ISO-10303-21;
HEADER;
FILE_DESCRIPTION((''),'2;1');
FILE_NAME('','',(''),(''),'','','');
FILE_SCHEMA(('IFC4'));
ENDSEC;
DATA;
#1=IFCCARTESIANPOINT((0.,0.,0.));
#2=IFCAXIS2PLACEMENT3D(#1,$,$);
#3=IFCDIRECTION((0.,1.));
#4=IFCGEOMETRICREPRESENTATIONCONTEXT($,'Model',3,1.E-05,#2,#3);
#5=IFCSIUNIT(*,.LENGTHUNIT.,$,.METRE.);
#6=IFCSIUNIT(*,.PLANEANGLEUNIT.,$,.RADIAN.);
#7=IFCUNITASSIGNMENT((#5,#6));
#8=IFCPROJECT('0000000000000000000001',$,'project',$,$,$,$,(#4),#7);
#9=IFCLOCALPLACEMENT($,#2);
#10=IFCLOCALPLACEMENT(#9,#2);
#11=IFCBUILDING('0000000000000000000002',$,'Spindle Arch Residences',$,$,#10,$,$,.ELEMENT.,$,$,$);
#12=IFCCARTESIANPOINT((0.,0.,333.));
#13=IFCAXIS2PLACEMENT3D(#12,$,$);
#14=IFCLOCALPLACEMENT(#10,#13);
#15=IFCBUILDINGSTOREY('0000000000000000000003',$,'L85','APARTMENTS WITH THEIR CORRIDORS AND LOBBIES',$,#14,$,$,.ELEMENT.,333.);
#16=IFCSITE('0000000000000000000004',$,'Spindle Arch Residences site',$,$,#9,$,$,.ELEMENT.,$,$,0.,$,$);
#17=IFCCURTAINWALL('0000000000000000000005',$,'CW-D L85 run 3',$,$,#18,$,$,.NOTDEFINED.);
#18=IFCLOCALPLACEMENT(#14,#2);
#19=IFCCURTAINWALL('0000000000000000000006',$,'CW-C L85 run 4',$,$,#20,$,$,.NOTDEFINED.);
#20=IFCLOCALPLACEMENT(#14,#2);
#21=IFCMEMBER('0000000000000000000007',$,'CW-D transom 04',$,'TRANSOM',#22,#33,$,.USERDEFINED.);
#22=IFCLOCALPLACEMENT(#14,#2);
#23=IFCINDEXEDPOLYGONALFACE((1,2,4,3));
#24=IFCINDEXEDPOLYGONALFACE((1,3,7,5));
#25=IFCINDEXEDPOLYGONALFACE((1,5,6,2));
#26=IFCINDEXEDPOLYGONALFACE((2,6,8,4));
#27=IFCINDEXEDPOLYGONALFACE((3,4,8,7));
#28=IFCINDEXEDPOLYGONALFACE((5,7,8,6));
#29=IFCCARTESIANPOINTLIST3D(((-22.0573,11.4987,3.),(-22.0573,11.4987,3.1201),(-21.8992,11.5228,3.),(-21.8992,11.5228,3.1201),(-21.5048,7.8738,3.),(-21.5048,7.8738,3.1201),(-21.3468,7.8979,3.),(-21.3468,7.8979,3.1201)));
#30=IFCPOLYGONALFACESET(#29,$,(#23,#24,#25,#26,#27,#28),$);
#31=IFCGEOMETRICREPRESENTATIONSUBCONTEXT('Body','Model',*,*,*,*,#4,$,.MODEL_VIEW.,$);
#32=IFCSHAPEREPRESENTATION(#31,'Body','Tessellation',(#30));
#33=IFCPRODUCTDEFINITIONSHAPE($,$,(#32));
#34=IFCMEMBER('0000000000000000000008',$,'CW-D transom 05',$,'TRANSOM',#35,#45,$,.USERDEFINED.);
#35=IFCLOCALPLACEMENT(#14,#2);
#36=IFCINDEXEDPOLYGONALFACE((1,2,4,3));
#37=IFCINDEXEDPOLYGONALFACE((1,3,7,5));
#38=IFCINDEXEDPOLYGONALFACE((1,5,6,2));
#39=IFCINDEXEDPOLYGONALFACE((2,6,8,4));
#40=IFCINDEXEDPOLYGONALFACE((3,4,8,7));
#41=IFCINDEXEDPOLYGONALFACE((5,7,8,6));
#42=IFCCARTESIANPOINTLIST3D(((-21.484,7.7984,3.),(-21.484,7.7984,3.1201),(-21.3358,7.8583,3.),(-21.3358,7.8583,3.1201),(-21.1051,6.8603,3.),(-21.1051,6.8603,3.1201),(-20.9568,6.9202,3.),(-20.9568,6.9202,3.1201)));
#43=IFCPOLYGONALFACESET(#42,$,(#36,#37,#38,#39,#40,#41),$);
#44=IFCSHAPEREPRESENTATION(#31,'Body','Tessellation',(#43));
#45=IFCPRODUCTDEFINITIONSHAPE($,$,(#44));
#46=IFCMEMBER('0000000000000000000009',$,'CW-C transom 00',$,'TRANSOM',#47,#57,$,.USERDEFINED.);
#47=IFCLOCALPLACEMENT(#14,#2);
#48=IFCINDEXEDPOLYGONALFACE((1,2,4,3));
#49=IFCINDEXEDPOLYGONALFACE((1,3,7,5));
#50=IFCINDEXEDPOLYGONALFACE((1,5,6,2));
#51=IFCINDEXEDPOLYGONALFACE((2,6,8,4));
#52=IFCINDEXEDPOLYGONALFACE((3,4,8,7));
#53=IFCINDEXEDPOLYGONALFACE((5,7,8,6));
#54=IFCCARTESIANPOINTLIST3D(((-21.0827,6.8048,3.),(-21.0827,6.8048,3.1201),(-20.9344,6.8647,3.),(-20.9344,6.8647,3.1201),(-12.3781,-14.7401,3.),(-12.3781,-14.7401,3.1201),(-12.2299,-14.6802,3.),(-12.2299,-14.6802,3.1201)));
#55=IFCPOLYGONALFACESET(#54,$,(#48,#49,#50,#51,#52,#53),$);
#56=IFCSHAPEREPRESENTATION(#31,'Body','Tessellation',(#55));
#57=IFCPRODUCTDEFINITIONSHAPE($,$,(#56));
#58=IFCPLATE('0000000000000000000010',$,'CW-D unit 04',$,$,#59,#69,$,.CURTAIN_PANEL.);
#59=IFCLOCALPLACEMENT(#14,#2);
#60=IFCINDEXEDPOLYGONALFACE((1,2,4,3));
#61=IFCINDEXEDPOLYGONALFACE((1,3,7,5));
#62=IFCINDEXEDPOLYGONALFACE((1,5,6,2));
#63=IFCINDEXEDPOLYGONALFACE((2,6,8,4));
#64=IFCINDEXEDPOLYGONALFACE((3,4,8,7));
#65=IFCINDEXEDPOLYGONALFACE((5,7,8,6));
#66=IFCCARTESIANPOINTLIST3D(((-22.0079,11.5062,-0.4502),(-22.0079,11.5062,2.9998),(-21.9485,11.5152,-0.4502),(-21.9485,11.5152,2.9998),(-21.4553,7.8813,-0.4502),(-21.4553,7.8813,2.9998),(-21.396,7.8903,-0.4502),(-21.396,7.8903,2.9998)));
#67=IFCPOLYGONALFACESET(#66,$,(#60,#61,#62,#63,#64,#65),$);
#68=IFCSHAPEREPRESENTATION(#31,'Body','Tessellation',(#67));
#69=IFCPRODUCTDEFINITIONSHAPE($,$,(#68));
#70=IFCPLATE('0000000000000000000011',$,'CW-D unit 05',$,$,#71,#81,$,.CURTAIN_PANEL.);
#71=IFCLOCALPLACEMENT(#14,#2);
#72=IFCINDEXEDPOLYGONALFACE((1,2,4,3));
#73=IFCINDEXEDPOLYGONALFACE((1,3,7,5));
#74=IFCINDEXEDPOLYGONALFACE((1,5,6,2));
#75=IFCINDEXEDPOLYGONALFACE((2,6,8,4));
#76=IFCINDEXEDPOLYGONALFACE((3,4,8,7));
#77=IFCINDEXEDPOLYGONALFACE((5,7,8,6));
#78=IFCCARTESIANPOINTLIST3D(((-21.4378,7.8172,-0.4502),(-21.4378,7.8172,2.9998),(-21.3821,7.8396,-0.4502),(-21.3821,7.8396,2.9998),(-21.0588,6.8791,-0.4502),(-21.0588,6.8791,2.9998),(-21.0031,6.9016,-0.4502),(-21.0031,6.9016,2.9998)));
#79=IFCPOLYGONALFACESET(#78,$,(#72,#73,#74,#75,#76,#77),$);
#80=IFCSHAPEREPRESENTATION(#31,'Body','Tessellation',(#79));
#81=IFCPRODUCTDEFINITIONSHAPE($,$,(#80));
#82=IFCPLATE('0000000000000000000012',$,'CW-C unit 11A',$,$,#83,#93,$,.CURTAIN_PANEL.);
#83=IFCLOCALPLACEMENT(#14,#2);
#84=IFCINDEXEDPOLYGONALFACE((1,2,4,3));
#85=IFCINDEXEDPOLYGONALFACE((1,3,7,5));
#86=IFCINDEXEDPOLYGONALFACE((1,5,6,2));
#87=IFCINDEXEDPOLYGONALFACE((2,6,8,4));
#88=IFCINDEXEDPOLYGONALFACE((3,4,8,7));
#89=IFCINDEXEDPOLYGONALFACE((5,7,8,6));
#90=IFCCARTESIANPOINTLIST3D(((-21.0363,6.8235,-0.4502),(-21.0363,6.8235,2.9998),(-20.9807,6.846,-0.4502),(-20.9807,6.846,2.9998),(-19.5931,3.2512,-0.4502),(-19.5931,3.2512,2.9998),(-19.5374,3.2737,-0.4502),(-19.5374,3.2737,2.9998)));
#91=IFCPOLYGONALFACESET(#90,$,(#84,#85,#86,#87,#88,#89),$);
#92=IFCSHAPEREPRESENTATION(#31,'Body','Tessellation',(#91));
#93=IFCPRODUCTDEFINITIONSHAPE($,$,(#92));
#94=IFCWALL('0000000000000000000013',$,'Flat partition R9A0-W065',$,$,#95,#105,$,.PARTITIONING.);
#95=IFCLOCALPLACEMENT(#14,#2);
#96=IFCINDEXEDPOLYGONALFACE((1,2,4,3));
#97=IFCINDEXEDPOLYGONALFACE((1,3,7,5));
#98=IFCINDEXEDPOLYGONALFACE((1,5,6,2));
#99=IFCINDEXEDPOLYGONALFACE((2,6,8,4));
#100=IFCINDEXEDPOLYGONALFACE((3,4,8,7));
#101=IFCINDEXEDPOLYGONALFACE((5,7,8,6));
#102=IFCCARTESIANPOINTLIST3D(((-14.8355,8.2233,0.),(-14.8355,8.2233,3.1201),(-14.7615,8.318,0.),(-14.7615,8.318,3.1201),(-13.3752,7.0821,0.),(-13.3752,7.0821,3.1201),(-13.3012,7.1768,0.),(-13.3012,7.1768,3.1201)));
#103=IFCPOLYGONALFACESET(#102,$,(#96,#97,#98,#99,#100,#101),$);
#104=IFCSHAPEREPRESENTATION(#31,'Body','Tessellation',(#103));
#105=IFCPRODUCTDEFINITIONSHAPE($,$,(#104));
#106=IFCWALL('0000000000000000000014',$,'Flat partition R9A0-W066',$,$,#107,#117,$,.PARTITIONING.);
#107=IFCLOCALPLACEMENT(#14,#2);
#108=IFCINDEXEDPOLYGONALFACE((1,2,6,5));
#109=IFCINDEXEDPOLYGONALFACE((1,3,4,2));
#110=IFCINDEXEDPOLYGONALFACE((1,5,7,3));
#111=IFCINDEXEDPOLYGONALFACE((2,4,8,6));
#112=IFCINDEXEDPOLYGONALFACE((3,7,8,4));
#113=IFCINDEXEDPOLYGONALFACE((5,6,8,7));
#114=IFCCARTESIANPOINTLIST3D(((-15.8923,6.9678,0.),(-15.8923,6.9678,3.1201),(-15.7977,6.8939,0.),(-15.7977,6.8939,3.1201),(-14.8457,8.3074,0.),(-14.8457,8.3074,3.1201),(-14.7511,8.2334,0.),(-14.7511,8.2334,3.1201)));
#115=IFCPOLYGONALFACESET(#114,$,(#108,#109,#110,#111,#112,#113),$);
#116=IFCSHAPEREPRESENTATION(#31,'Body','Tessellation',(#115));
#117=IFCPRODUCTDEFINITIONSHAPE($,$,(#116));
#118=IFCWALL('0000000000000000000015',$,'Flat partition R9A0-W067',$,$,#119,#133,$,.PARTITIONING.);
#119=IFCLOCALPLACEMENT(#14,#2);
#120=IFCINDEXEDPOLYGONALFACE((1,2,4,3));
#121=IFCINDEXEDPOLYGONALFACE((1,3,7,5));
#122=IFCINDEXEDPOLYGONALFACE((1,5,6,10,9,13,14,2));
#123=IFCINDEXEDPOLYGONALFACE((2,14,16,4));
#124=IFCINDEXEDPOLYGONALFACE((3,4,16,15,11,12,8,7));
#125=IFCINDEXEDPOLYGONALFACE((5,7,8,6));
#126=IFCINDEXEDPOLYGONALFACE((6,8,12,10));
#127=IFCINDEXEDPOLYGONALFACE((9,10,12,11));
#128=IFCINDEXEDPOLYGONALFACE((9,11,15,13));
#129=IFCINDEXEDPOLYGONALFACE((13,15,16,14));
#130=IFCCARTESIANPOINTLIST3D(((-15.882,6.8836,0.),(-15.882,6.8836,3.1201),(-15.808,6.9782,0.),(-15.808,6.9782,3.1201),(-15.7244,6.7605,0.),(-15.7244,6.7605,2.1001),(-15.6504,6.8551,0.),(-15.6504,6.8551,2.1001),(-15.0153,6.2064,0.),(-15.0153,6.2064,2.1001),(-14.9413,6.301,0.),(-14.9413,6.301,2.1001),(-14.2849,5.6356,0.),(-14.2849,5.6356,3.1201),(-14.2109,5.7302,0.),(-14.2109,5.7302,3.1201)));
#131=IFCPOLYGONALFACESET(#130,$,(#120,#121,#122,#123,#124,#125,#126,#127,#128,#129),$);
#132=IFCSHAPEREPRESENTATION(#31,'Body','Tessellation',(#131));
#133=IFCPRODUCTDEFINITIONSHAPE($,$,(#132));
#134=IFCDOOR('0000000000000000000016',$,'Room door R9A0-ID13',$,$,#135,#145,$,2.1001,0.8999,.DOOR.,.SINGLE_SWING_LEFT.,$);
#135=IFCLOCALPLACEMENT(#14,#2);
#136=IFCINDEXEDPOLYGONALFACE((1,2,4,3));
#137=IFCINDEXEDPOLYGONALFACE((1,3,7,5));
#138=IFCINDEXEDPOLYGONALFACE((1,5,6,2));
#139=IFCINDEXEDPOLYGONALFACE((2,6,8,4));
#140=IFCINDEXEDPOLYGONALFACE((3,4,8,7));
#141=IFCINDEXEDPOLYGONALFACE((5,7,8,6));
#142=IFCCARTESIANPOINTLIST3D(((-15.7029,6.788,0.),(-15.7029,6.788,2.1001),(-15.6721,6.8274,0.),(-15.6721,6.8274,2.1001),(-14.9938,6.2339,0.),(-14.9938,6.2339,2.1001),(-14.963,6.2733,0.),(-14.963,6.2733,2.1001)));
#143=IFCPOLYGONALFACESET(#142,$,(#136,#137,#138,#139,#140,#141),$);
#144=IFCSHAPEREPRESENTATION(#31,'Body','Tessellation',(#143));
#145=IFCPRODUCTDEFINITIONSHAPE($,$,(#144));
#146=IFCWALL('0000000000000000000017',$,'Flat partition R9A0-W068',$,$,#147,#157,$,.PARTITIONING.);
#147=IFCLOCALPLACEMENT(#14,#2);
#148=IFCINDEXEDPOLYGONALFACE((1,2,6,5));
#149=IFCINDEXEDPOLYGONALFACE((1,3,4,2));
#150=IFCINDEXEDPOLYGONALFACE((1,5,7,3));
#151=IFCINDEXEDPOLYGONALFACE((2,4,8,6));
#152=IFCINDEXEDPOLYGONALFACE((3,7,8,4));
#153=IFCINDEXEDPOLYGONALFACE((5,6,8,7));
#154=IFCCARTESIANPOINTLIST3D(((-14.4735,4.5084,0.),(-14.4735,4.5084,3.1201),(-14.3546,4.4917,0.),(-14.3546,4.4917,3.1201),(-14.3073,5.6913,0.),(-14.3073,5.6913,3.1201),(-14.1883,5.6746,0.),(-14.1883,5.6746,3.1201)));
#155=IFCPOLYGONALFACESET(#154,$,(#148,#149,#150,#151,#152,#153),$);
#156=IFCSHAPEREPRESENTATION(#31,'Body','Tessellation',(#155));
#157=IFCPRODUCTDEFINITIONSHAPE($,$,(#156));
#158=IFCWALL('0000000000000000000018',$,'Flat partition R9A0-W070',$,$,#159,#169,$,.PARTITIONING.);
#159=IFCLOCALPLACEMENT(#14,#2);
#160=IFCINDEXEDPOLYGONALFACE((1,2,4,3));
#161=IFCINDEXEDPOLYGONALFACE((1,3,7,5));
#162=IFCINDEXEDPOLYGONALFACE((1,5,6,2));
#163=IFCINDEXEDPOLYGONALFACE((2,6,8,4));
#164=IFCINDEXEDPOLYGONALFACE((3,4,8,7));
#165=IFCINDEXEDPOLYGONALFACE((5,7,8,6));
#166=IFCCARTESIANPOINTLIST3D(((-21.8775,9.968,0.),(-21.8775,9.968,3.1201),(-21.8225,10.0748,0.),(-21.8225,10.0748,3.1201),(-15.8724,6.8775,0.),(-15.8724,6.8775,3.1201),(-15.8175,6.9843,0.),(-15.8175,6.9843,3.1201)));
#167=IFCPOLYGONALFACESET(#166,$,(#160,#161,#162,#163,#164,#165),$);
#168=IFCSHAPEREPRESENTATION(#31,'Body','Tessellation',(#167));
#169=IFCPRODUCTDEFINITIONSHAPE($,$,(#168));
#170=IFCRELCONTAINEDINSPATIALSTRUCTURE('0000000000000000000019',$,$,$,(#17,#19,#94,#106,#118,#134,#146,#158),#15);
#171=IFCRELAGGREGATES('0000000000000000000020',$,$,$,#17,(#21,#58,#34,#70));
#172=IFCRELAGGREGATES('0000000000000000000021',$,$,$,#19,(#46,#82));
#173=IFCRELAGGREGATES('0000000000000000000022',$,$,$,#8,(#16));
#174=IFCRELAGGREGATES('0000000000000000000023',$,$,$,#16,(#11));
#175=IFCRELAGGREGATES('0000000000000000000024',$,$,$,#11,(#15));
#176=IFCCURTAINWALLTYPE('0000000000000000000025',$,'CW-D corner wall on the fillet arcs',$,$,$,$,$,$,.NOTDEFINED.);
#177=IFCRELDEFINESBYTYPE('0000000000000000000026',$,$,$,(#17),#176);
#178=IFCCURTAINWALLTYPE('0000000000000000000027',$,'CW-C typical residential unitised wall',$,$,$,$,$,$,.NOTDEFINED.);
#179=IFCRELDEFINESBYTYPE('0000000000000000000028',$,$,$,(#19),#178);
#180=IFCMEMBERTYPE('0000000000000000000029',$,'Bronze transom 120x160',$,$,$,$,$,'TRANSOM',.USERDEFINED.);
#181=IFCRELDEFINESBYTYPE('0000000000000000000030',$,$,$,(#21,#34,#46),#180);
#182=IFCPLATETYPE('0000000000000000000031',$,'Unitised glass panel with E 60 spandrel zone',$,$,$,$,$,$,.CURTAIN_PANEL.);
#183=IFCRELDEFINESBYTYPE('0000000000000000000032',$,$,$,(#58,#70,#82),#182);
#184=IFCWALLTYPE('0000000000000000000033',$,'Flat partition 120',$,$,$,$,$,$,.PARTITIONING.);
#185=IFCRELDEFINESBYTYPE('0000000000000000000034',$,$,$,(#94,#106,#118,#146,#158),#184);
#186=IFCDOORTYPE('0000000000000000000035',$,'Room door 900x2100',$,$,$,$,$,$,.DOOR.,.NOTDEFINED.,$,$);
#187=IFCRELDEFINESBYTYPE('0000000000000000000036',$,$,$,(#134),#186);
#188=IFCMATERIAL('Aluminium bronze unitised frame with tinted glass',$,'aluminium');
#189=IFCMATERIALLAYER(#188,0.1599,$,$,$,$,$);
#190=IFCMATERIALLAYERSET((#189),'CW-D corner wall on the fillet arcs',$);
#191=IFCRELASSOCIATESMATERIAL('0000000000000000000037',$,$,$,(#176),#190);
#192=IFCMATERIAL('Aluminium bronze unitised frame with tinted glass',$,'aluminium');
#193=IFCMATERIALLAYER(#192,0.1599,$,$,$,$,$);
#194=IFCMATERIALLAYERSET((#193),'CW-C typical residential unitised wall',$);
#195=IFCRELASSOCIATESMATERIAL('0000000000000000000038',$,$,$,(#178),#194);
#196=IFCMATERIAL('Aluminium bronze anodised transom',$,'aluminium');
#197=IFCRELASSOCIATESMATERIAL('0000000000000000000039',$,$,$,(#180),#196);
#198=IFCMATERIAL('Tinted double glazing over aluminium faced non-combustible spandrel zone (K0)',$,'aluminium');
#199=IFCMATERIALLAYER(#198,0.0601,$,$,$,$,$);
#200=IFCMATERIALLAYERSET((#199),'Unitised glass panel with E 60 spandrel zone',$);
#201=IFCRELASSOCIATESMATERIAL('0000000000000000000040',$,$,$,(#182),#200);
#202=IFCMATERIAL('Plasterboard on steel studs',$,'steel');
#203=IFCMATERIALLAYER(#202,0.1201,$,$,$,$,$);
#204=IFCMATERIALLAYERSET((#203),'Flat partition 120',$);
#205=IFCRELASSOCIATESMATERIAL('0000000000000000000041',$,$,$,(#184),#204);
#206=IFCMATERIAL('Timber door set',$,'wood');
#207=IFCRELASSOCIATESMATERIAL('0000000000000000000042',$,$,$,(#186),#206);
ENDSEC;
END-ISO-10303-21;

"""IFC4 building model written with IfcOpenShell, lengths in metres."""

from ifc_helpers import new_model, si_unit, direction, frame, frame_2d, origin, origin_2d, place, context, subcontext, project, spatial, rectangle, extrude, material, layer, layer_set, material_profile, profile_set, type_object, element, fill, aggregate, save


model = new_model("IFC4")

# Units and contexts
model_context = context("Model", 3, precision=1e-05, world=origin(), true_north=direction((0.0, 1.0)))
body_context = subcontext(model_context, "Body", "Model", "MODEL_VIEW")
ifc_project = project(units=[si_unit("LENGTHUNIT", "METRE"), si_unit("PLANEANGLEUNIT", "RADIAN")], contexts=[model_context])

# Site, building, storey
site_placement = place(None, origin())
site = spatial("IfcSite", under=ifc_project, at=site_placement, Name="Spindle Arch Residences site", CompositionType="ELEMENT", RefElevation=0.0)
building_placement = place(site_placement, origin())
building = spatial("IfcBuilding", under=site, at=building_placement, Name="Spindle Arch Residences", CompositionType="ELEMENT")
storey_placement = place(building_placement, frame((0.0, 0.0, 333.0)))
storey = spatial("IfcBuildingStorey", under=building, at=storey_placement, Name="L85", Description="APARTMENTS WITH THEIR CORRIDORS AND LOBBIES", CompositionType="ELEMENT", Elevation=333.0)

# Curtain wall
ifc_material_1 = material(Name="Aluminium bronze unitised frame with tinted glass", Category="aluminium")
ifc_layer_1 = layer(ifc_material_1, 0.1599)
ifc_layer_set_1 = layer_set([ifc_layer_1], Name="CW-D corner wall on the fillet arcs")
curtain_wall_type_1 = type_object("IfcCurtainWallType", Name="CW-D corner wall on the fillet arcs", PredefinedType="NOTDEFINED", material=ifc_layer_set_1)
curtain_wall_1_placement = place(storey_placement, origin())
curtain_wall_1 = element("IfcCurtainWall", 1, at=curtain_wall_1_placement, inside=storey, type_object=curtain_wall_type_1, Name="CW-D L85 run 3", PredefinedType="NOTDEFINED")

# Curtain wall
ifc_material_2 = material(Name="Aluminium bronze unitised frame with tinted glass", Category="aluminium")
ifc_layer_2 = layer(ifc_material_2, 0.1599)
ifc_layer_set_2 = layer_set([ifc_layer_2], Name="CW-C typical residential unitised wall")
curtain_wall_type_2 = type_object("IfcCurtainWallType", Name="CW-C typical residential unitised wall", PredefinedType="NOTDEFINED", material=ifc_layer_set_2)
curtain_wall_2_placement = place(storey_placement, origin())
curtain_wall_2 = element("IfcCurtainWall", 2, at=curtain_wall_2_placement, inside=storey, type_object=curtain_wall_type_2, Name="CW-C L85 run 4", PredefinedType="NOTDEFINED")

# Members
ifc_material_3 = material(Name="Aluminium bronze anodised transom", Category="aluminium")
ifc_material_profile_1 = material_profile(ifc_material_3, rectangle(XDim=0.1599, YDim=0.1201, at=origin_2d()), Name="TR 120x160")
ifc_profile_set_1 = profile_set([ifc_material_profile_1], Name="Aluminium bronze anodised transom")
member_type_1 = type_object("IfcMemberType", Name="Bronze transom 120x160", ElementType="TRANSOM", PredefinedType="USERDEFINED", material=ifc_profile_set_1)
member_1_placement = place(storey_placement, frame((-21.9783, 11.5107, 3.0601), z_axis=(0.150671, -0.988584, 0.0), x_axis=(0.988584, 0.150671, 0.0)))
member_1 = element("IfcMember", 3, at=member_1_placement, type_object=member_type_1, Name="CW-D transom 04", ObjectType="TRANSOM", PredefinedType="USERDEFINED", context=body_context, shape_type="SweptSolid", body=[
    extrude(rectangle(XDim=0.1599, YDim=0.1201, at=origin_2d()), origin(), (0.0, 0.0, 1.0), 3.6667),
])
member_2_placement = place(storey_placement, frame((-21.4099, 7.8284, 3.0601), z_axis=(0.374551, -0.927206, 0.0), x_axis=(0.927206, 0.374551, 0.0)))
member_2 = element("IfcMember", 4, at=member_2_placement, type_object=member_type_1, Name="CW-D transom 05", ObjectType="TRANSOM", PredefinedType="USERDEFINED", context=body_context, shape_type="SweptSolid", body=[
    extrude(rectangle(XDim=0.1599, YDim=0.1201, at=origin_2d()), origin(), (0.0, 0.0, 1.0), 1.0117),
])
member_3_placement = place(storey_placement, frame((-21.0085, 6.8347, 3.0601), z_axis=(0.374602, -0.927186, 0.0), x_axis=(0.927186, 0.374602, 0.0)))
member_3 = element("IfcMember", 5, at=member_3_placement, type_object=member_type_1, Name="CW-C transom 00", ObjectType="TRANSOM", PredefinedType="USERDEFINED", context=body_context, shape_type="SweptSolid", body=[
    extrude(rectangle(XDim=0.1599, YDim=0.1201, at=origin_2d()), origin(), (0.0, 0.0, 1.0), 23.2368),
])

# Plates
ifc_material_4 = material(Name="Tinted double glazing over aluminium faced non-combustible spandrel zone (K0)", Category="aluminium")
ifc_layer_3 = layer(ifc_material_4, 0.0601)
ifc_layer_set_3 = layer_set([ifc_layer_3], Name="Unitised glass panel with E 60 spandrel zone")
plate_type = type_object("IfcPlateType", Name="Unitised glass panel with E 60 spandrel zone", PredefinedType="CURTAIN_PANEL", material=ifc_layer_set_3)
plate_1_placement = place(storey_placement, frame((-21.7019, 9.6982, -0.4502), z_axis=(0.0, 0.0, 1.0), x_axis=(0.150686, -0.988582, 0.0)))
plate_1 = element("IfcPlate", 6, at=plate_1_placement, type_object=plate_type, Name="CW-D unit 04", PredefinedType="CURTAIN_PANEL", context=body_context, shape_type="SweptSolid", body=[
    extrude(rectangle(XDim=3.6667, YDim=0.0601, at=origin_2d()), origin(), (0.0, 0.0, 1.0), 3.45),
])
plate_2_placement = place(storey_placement, frame((-21.2205, 7.3594, -0.4502), z_axis=(0.0, 0.0, 1.0), x_axis=(0.374607, -0.927184, 0.0)))
plate_2 = element("IfcPlate", 7, at=plate_2_placement, type_object=plate_type, Name="CW-D unit 05", PredefinedType="CURTAIN_PANEL", context=body_context, shape_type="SweptSolid", body=[
    extrude(rectangle(XDim=1.0117, YDim=0.0601, at=origin_2d()), origin(), (0.0, 0.0, 1.0), 3.45),
])
aggregate(curtain_wall_1, [member_1, plate_1, member_2, plate_2])
plate_3_placement = place(storey_placement, frame((-20.2869, 5.0486, -0.4502), z_axis=(0.0, 0.0, 1.0), x_axis=(0.374607, -0.927184, 0.0)))
plate_3 = element("IfcPlate", 8, at=plate_3_placement, type_object=plate_type, Name="CW-C unit 11A", PredefinedType="CURTAIN_PANEL", context=body_context, shape_type="SweptSolid", body=[
    extrude(rectangle(XDim=3.8528, YDim=0.0601, at=origin_2d()), origin(), (0.0, 0.0, 1.0), 3.45),
])
aggregate(curtain_wall_2, [member_3, plate_3])

# Walls
ifc_material_5 = material(Name="Plasterboard on steel studs", Category="steel")
ifc_layer_4 = layer(ifc_material_5, 0.1201)
ifc_layer_set_4 = layer_set([ifc_layer_4], Name="Flat partition 120")
wall_type_1 = type_object("IfcWallType", Name="Flat partition 120", PredefinedType="PARTITIONING", material=ifc_layer_set_4)
wall_1_placement = place(storey_placement, frame((-13.3381, 7.1294, 0.0), z_axis=(0.0, 0.0, 1.0), x_axis=(-0.787938, 0.615754, 0.0)))
element("IfcWall", 9, at=wall_1_placement, inside=storey, type_object=wall_type_1, Name="Flat partition R9A0-W065", PredefinedType="PARTITIONING", context=body_context, shape_type="SweptSolid", body=[
    extrude(rectangle(XDim=1.8533, YDim=0.1201, at=frame_2d((0.9268, 0.0))), origin(), (0.0, 0.0, 1.0), 3.1201),
])
wall_2_placement = place(storey_placement, frame((-14.7983, 8.2705, 0.0), z_axis=(0.0, 0.0, 1.0), x_axis=(-0.615669, -0.788005, 0.0)))
element("IfcWall", 10, at=wall_2_placement, inside=storey, type_object=wall_type_1, Name="Flat partition R9A0-W066", PredefinedType="PARTITIONING", context=body_context, shape_type="SweptSolid", body=[
    extrude(rectangle(XDim=1.7, YDim=0.1201, at=frame_2d((0.8501, 0.0))), origin(), (0.0, 0.0, 1.0), 3.1201),
])

# Wall, opening, door
wall_3_placement = place(storey_placement, frame((-15.845, 6.9309, 0.0), z_axis=(0.0, 0.0, 1.0), x_axis=(0.787962, -0.615724, 0.0)))
wall_3 = element("IfcWall", 11, at=wall_3_placement, inside=storey, type_object=wall_type_1, Name="Flat partition R9A0-W067", PredefinedType="PARTITIONING", context=body_context, shape_type="SweptSolid", body=[
    extrude(rectangle(XDim=2.0269, YDim=0.1201, at=frame_2d((1.0134, 0.0))), origin(), (0.0, 0.0, 1.0), 3.1201),
])
opening_1_placement = place(wall_3_placement, frame((0.2, 0.0, 0.0)))
opening_1 = element("IfcOpeningElement", 12, at=opening_1_placement, cuts=wall_3, PredefinedType="OPENING", context=body_context, shape_type="SweptSolid", body=[
    extrude(rectangle(XDim=0.8999, YDim=2.1001, at=frame_2d((0.45, 1.05))), frame((0.0, 0.0701, 0.0), z_axis=(0.0, -1.0, 0.0), x_axis=(1.0, 0.0, 0.0)), (0.0, 0.0, 1.0), 0.1401),
])
ifc_material_6 = material(Name="Timber door set", Category="wood")
door_type_1 = type_object("IfcDoorType", Name="Room door 900x2100", OperationType="NOTDEFINED", PredefinedType="DOOR", material=ifc_material_6)
door_1_placement = place(opening_1_placement, origin())
door_1 = element("IfcDoor", 13, at=door_1_placement, inside=storey, type_object=door_type_1, Name="Room door R9A0-ID13", OperationType="SINGLE_SWING_LEFT", OverallHeight=2.1001, OverallWidth=0.8999, PredefinedType="DOOR", context=body_context, shape_type="SweptSolid", body=[
    extrude(rectangle(XDim=0.8999, YDim=2.1001, at=frame_2d((0.45, 1.05))), frame((0.0, 0.0249, 0.0), z_axis=(0.0, -1.0, 0.0), x_axis=(1.0, 0.0, 0.0)), (0.0, 0.0, 1.0), 0.05),
])
fill(opening_1, door_1)

# Walls
wall_4_placement = place(storey_placement, frame((-14.2478, 5.6829, 0.0), z_axis=(0.0, 0.0, 1.0), x_axis=(-0.139189, -0.990266, 0.0)))
element("IfcWall", 14, at=wall_4_placement, inside=storey, type_object=wall_type_1, Name="Flat partition R9A0-W068", PredefinedType="PARTITIONING", context=body_context, shape_type="SweptSolid", body=[
    extrude(rectangle(XDim=1.1946, YDim=0.1201, at=frame_2d((0.5972, 0.0))), origin(), (0.0, 0.0, 1.0), 3.1201),
])
wall_5_placement = place(storey_placement, frame((-21.8501, 10.0215, 0.0), z_axis=(0.0, 0.0, 1.0), x_axis=(0.889154, -0.457609, 0.0)))
element("IfcWall", 15, at=wall_5_placement, inside=storey, type_object=wall_type_1, Name="Flat partition R9A0-W070", PredefinedType="PARTITIONING", context=body_context, shape_type="SweptSolid", body=[
    extrude(rectangle(XDim=6.7537, YDim=0.1201, at=frame_2d((3.377, 0.0))), origin(), (0.0, 0.0, 1.0), 3.1201),
])

save(model, "model.ifc")
